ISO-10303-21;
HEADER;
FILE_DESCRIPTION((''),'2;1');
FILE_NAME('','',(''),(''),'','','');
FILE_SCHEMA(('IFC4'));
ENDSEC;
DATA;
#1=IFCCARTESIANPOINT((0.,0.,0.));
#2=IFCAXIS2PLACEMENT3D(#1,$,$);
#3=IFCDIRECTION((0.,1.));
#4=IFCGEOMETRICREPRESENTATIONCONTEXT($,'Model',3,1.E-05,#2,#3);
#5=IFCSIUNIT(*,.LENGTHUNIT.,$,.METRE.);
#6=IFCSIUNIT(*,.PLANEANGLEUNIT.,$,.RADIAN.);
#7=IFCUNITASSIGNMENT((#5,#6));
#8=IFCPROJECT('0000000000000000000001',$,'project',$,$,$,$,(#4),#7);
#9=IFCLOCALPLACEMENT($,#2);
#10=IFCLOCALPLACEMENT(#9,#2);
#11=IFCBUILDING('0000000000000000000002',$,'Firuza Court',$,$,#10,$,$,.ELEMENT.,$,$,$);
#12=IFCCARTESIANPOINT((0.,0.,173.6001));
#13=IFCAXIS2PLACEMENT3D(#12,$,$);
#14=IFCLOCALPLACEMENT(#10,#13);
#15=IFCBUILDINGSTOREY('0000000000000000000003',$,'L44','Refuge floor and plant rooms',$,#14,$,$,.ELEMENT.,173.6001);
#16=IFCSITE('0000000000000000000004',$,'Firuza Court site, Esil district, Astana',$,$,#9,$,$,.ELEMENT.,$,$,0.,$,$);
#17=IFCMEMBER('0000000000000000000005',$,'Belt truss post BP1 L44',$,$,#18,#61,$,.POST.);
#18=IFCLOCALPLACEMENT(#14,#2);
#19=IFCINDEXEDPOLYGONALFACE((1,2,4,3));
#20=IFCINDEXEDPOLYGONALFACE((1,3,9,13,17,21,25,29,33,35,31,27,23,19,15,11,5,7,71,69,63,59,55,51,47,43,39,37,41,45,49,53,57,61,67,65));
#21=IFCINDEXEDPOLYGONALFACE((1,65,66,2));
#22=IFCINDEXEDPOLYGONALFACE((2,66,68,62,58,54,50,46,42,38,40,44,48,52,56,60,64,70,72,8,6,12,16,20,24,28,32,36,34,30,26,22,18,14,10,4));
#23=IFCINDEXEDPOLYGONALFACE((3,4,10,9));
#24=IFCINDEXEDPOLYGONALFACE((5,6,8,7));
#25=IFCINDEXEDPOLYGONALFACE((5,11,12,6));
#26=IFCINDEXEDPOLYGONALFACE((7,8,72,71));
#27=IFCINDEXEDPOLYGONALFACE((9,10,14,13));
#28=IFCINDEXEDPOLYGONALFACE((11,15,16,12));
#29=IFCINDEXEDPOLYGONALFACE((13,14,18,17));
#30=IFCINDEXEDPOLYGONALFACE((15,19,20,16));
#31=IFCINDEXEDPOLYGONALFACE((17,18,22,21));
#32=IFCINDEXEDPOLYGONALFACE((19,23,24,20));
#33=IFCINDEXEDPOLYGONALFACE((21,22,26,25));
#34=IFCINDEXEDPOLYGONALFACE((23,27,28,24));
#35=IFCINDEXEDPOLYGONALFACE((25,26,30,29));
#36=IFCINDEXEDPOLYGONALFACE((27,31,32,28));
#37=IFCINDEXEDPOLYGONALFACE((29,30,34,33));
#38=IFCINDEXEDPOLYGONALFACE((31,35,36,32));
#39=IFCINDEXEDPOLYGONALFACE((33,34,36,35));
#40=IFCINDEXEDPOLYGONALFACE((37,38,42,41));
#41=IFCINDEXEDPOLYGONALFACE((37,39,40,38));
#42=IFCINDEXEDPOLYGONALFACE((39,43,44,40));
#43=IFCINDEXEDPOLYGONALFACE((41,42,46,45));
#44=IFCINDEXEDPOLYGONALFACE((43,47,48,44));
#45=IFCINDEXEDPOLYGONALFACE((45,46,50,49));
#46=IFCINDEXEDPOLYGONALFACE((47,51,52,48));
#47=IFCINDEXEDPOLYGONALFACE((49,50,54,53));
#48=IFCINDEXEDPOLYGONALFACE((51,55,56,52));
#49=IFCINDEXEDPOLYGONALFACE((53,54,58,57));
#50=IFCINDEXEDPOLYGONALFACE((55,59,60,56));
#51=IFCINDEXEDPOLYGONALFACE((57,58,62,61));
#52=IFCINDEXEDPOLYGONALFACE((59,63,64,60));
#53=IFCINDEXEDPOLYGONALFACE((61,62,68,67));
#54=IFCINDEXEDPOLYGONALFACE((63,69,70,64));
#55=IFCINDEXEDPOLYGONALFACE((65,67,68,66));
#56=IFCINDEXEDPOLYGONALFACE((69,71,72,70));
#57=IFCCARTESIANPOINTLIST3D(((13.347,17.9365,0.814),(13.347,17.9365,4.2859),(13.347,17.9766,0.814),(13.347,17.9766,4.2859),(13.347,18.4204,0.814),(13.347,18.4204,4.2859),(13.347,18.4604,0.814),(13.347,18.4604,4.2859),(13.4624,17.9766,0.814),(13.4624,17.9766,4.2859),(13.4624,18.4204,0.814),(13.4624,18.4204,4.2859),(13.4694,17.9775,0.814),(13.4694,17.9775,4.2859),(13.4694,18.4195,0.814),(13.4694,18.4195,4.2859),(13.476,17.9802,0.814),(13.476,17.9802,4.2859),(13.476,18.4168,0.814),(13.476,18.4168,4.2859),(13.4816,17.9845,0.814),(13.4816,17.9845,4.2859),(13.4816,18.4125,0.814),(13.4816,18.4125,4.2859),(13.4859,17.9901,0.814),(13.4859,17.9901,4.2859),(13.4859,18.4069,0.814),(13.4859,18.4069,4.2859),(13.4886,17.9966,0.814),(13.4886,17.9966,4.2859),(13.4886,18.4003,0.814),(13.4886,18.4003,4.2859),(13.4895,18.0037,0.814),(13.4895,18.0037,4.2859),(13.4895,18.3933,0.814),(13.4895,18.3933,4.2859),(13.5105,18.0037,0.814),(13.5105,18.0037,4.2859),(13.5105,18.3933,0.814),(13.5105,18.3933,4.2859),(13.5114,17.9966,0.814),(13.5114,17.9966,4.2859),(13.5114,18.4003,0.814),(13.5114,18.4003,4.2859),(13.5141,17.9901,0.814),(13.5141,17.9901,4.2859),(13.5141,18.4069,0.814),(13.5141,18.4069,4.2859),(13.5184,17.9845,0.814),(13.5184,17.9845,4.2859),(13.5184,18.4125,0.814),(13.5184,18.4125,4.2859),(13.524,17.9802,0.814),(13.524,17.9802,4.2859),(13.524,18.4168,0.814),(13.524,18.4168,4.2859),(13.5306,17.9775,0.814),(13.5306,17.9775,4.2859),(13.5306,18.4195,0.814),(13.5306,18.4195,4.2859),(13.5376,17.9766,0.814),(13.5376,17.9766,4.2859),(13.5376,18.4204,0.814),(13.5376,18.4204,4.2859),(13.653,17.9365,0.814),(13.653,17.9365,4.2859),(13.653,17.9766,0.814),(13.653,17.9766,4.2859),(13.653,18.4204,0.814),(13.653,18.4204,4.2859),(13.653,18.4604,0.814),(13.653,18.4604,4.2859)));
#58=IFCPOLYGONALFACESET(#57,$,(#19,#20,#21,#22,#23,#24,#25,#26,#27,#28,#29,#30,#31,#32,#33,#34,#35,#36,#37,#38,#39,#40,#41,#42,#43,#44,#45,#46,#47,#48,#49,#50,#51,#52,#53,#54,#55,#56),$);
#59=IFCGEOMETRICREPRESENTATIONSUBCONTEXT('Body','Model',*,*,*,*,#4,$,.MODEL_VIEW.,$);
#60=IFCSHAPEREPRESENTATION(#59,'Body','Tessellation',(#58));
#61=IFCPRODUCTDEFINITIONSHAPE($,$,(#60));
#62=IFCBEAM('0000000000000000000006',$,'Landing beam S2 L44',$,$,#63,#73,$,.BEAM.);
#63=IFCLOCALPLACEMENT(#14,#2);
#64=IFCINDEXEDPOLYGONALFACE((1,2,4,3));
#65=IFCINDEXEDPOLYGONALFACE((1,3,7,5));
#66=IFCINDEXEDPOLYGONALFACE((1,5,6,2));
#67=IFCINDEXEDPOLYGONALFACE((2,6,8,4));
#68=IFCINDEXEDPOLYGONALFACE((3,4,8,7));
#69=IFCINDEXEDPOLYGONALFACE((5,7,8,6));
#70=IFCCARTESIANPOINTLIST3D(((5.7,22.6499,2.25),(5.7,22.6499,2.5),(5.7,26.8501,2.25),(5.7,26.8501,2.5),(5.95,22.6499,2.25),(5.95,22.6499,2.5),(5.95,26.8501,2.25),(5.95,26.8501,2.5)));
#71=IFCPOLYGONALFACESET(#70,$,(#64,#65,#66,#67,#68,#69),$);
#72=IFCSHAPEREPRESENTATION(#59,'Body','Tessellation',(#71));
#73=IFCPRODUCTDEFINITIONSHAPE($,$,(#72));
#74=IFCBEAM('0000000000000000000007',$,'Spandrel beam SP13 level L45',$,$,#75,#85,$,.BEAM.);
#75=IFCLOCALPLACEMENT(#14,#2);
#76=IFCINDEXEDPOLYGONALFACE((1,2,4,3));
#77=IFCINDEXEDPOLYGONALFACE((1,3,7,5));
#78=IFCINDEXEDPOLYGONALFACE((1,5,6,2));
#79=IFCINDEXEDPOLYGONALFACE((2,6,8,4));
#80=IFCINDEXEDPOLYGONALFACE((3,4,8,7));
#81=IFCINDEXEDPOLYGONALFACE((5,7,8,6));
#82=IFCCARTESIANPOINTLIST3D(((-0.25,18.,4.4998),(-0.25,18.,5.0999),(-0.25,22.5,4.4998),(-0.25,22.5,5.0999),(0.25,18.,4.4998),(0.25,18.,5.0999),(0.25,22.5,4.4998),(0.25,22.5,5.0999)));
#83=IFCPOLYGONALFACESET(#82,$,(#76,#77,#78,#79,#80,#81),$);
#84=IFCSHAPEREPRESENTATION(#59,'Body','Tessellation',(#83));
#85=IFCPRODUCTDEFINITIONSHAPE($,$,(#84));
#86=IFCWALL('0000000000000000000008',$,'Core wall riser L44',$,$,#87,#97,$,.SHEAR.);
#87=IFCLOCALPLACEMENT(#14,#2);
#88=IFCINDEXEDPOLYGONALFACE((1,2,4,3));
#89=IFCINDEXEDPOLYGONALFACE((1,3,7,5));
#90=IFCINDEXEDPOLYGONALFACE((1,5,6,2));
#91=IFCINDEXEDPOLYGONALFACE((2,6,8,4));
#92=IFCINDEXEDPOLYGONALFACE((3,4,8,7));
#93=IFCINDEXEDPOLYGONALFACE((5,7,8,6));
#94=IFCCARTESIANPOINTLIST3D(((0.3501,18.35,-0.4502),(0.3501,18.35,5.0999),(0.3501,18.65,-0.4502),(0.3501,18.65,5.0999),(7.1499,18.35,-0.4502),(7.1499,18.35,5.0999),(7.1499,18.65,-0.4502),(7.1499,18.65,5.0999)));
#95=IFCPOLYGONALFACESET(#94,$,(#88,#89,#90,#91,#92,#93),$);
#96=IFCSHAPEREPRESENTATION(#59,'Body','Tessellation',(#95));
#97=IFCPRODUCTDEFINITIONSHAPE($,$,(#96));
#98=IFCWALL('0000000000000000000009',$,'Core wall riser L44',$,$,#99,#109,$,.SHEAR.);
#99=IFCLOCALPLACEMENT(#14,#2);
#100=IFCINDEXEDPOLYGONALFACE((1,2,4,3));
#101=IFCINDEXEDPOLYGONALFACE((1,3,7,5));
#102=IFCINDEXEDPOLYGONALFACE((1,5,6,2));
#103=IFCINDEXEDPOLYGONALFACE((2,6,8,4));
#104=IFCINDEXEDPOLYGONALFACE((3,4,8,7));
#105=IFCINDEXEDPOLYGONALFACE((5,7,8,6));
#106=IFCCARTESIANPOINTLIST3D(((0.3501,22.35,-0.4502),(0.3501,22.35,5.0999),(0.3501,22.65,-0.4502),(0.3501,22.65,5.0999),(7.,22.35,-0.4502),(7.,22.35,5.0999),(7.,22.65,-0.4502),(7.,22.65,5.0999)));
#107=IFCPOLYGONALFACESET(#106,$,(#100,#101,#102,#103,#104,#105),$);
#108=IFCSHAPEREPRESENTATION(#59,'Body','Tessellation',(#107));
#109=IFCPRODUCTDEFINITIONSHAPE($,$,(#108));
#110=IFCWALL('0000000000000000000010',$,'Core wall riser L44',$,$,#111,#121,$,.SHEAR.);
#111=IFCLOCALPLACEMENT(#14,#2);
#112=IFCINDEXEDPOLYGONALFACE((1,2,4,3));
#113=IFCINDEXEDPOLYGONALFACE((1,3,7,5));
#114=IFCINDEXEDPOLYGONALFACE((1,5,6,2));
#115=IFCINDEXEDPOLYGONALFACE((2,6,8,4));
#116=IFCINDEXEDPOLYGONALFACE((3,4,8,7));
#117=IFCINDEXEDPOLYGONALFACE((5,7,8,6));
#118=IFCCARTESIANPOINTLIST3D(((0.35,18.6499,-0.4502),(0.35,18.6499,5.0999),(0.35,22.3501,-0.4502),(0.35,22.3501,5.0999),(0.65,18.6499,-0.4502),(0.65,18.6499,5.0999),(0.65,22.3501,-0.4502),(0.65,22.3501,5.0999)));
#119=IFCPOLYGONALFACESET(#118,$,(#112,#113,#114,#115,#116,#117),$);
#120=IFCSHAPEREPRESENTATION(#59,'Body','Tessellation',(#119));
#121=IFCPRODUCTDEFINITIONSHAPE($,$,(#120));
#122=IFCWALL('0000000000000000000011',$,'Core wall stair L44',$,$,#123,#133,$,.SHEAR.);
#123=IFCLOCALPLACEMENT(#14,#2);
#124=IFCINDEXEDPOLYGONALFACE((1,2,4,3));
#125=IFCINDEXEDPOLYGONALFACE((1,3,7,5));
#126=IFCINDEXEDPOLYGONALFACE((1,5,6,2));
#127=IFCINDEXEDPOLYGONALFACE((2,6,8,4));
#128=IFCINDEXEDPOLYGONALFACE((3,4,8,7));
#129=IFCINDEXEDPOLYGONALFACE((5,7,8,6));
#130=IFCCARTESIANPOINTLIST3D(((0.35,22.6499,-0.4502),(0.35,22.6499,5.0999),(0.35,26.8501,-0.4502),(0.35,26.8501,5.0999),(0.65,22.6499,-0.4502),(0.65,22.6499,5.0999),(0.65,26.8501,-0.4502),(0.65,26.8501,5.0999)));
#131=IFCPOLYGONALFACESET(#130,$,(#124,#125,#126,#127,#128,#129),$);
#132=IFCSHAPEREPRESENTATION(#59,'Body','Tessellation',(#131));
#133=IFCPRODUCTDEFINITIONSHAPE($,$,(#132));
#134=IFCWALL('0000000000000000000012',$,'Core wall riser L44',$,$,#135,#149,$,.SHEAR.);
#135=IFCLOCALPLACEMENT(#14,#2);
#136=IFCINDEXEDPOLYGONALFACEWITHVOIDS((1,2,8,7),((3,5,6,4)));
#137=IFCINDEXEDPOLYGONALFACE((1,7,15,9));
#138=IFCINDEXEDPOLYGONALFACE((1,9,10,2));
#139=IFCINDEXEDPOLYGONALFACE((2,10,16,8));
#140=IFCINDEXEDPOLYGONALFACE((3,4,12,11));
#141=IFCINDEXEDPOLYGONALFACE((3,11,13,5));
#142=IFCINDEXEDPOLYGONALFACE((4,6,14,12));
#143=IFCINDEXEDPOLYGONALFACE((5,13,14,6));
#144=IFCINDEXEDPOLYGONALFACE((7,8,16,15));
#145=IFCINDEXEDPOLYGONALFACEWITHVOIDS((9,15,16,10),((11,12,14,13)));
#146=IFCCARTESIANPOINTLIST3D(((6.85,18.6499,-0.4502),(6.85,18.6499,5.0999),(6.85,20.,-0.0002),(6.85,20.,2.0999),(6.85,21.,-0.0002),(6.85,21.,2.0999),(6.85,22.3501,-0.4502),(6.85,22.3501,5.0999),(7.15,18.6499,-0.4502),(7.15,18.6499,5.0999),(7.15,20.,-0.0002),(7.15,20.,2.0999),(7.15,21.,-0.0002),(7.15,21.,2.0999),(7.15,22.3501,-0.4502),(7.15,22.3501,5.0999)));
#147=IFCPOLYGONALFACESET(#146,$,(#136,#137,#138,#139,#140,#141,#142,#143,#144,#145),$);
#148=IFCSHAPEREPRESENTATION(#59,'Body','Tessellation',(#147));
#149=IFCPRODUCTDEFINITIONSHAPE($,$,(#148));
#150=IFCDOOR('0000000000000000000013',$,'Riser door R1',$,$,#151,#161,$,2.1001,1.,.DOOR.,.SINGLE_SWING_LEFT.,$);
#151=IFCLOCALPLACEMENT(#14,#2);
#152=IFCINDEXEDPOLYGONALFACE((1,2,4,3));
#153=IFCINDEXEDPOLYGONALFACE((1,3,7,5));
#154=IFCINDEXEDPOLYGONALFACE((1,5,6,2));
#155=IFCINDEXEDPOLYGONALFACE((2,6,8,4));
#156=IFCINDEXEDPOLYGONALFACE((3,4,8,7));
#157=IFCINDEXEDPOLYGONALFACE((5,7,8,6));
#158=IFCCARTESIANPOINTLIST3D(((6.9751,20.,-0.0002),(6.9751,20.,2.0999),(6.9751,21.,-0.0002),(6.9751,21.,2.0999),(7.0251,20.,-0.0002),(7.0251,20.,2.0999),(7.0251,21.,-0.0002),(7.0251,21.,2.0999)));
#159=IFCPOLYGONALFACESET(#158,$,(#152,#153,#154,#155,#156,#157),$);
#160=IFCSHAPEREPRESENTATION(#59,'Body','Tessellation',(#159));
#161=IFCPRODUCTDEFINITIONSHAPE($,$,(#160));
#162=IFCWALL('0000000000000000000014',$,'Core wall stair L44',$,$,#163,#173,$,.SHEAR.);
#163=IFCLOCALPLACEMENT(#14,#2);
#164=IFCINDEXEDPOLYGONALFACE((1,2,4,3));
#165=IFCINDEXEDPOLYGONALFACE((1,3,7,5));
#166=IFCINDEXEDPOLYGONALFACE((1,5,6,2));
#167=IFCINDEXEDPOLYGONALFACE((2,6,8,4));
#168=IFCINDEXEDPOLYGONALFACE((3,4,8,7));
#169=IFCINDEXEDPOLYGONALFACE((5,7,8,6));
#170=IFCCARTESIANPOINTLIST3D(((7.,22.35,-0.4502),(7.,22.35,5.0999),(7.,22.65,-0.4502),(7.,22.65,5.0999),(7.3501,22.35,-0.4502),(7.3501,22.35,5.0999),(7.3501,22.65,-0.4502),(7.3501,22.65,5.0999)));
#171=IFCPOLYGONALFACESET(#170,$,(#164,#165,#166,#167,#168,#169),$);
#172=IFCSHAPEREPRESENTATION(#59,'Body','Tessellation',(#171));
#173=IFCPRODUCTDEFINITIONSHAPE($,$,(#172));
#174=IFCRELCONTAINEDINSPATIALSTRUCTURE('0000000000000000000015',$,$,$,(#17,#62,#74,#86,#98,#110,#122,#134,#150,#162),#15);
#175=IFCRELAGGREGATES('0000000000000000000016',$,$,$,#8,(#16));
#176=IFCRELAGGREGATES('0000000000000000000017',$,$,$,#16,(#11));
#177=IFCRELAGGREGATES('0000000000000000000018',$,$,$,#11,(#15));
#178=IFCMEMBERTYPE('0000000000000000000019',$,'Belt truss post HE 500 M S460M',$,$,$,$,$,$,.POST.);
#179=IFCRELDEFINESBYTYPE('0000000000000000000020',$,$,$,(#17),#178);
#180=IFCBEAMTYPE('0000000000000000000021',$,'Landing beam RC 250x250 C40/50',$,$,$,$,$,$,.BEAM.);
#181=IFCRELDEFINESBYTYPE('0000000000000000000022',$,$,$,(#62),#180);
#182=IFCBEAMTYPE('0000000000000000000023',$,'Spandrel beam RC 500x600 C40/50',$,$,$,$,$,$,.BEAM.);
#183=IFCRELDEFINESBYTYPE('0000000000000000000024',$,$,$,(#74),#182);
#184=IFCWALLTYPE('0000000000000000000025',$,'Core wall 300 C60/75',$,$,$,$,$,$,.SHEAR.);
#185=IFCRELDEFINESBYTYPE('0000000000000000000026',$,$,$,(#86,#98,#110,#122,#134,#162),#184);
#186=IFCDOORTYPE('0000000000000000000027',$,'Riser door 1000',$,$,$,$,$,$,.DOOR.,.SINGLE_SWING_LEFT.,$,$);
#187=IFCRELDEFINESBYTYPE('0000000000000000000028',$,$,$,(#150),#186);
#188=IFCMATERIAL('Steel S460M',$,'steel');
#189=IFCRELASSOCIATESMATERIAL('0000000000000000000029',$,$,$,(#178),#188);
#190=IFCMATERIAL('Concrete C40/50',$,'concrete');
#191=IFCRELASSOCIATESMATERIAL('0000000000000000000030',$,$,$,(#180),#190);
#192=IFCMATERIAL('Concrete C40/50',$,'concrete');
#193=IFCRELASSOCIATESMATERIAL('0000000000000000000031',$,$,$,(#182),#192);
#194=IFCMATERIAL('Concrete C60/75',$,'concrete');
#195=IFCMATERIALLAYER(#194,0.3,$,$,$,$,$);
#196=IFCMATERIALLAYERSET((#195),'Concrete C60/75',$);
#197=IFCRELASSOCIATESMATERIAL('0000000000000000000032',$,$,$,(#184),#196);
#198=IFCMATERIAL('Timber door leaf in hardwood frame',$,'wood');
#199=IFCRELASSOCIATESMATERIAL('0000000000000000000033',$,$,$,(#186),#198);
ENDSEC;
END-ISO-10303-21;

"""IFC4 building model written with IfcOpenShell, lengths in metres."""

from ifc_helpers import new_model, si_unit, direction, frame, frame_2d, origin, origin_2d, place, context, subcontext, project, spatial, rectangle, i_section, extrude, material, layer, layer_set, material_profile, profile_set, type_object, element, fill, save


model = new_model("IFC4")

# Units and contexts
model_context = context("Model", 3, precision=1e-05, world=origin(), true_north=direction((0.0, 1.0)))
body_context = subcontext(model_context, "Body", "Model", "MODEL_VIEW")
ifc_project = project(units=[si_unit("LENGTHUNIT", "METRE"), si_unit("PLANEANGLEUNIT", "RADIAN")], contexts=[model_context])

# Site, building, storey
site_placement = place(None, origin())
site = spatial("IfcSite", under=ifc_project, at=site_placement, Name="Firuza Court site, Esil district, Astana", CompositionType="ELEMENT", RefElevation=0.0)
building_placement = place(site_placement, origin())
building = spatial("IfcBuilding", under=site, at=building_placement, Name="Firuza Court", CompositionType="ELEMENT")
storey_placement = place(building_placement, frame((0.0, 0.0, 173.6001)))
storey = spatial("IfcBuildingStorey", under=building, at=storey_placement, Name="L44", Description="Refuge floor and plant rooms", CompositionType="ELEMENT", Elevation=173.6001)

# Member
ifc_material_1 = material(Name="Steel S460M", Category="steel")
ifc_material_profile_1 = material_profile(ifc_material_1, i_section(OverallWidth=0.3059, OverallDepth=0.5239, WebThickness=0.021, FlangeThickness=0.04, FilletRadius=0.0271, at=origin_2d()), Name="HE 500 M")
ifc_profile_set_1 = profile_set([ifc_material_profile_1], Name="Steel S460M")
member_type_1 = type_object("IfcMemberType", Name="Belt truss post HE 500 M S460M", PredefinedType="POST", material=ifc_profile_set_1)
for number, where, z_axis, x_axis, name in (
    (1, (13.5, 18.1985, 0.814), (0.0, 0.0, 1.0), (1.0, 0.0, 0.0), "Belt truss post BP1 L44"),
):
    element("IfcMember", number, at=place(storey_placement, frame(where, z_axis=z_axis, x_axis=x_axis)), inside=storey, type_object=member_type_1, Name=name, PredefinedType="POST", context=body_context, shape_type="SweptSolid", body=[
        extrude(i_section(OverallWidth=0.3059, OverallDepth=0.5239, WebThickness=0.021, FlangeThickness=0.04, FilletRadius=0.0271, at=origin_2d()), origin(), (0.0, 0.0, 1.0), 3.4719),
    ])

# Beams
ifc_material_2 = material(Name="Concrete C40/50", Category="concrete")
ifc_material_profile_2 = material_profile(ifc_material_2, rectangle(XDim=0.25, YDim=0.25, at=origin_2d()), Name="RC 250x250")
ifc_profile_set_2 = profile_set([ifc_material_profile_2], Name="Concrete C40/50")
beam_type_1 = type_object("IfcBeamType", Name="Landing beam RC 250x250 C40/50", PredefinedType="BEAM", material=ifc_profile_set_2)
beam_1_placement = place(storey_placement, frame((5.825, 22.6499, 2.375), z_axis=(0.0, 1.0, 0.0), x_axis=(-1.0, 0.0, 0.0)))
element("IfcBeam", 2, at=beam_1_placement, inside=storey, type_object=beam_type_1, Name="Landing beam S2 L44", PredefinedType="BEAM", context=body_context, shape_type="SweptSolid", body=[
    extrude(rectangle(XDim=0.25, YDim=0.25, at=origin_2d()), origin(), (0.0, 0.0, 1.0), 4.2002),
])
ifc_material_3 = material(Name="Concrete C40/50", Category="concrete")
ifc_material_profile_3 = material_profile(ifc_material_3, rectangle(XDim=0.5, YDim=0.6001, at=origin_2d()), Name="RC 500x600")
ifc_profile_set_3 = profile_set([ifc_material_profile_3], Name="Concrete C40/50")
beam_type_2 = type_object("IfcBeamType", Name="Spandrel beam RC 500x600 C40/50", PredefinedType="BEAM", material=ifc_profile_set_3)
beam_2_placement = place(storey_placement, frame((0.0, 22.5, 4.7998), z_axis=(0.0, -1.0, 0.0), x_axis=(1.0, 0.0, 0.0)))
element("IfcBeam", 3, at=beam_2_placement, inside=storey, type_object=beam_type_2, Name="Spandrel beam SP13 level L45", PredefinedType="BEAM", context=body_context, shape_type="SweptSolid", body=[
    extrude(rectangle(XDim=0.5, YDim=0.6001, at=origin_2d()), origin(), (0.0, 0.0, 1.0), 4.5),
])

# Walls
ifc_material_4 = material(Name="Concrete C60/75", Category="concrete")
ifc_layer_1 = layer(ifc_material_4, 0.3)
ifc_layer_set_1 = layer_set([ifc_layer_1], Name="Concrete C60/75")
wall_type_1 = type_object("IfcWallType", Name="Core wall 300 C60/75", PredefinedType="SHEAR", material=ifc_layer_set_1)
wall_1_placement = place(storey_placement, frame((0.3501, 18.5, -0.4502), z_axis=(0.0, 0.0, 1.0), x_axis=(1.0, 0.0, 0.0)))
element("IfcWall", 4, at=wall_1_placement, inside=storey, type_object=wall_type_1, Name="Core wall riser L44", PredefinedType="SHEAR", context=body_context, shape_type="SweptSolid", body=[
    extrude(rectangle(XDim=6.7998, YDim=0.3, at=frame_2d((3.3999, 0.0))), origin(), (0.0, 0.0, 1.0), 5.55),
])
wall_2_placement = place(storey_placement, frame((0.3501, 22.5, -0.4502), z_axis=(0.0, 0.0, 1.0), x_axis=(1.0, 0.0, 0.0)))
element("IfcWall", 5, at=wall_2_placement, inside=storey, type_object=wall_type_1, Name="Core wall riser L44", PredefinedType="SHEAR", context=body_context, shape_type="SweptSolid", body=[
    extrude(rectangle(XDim=6.6499, YDim=0.3, at=frame_2d((3.325, 0.0))), origin(), (0.0, 0.0, 1.0), 5.55),
])
wall_3_placement = place(storey_placement, frame((0.5, 18.6499, -0.4502), z_axis=(0.0, 0.0, 1.0), x_axis=(0.0, 1.0, 0.0)))
element("IfcWall", 6, at=wall_3_placement, inside=storey, type_object=wall_type_1, Name="Core wall riser L44", PredefinedType="SHEAR", context=body_context, shape_type="SweptSolid", body=[
    extrude(rectangle(XDim=3.7002, YDim=0.3, at=frame_2d((1.8501, 0.0))), origin(), (0.0, 0.0, 1.0), 5.55),
])
wall_4_placement = place(storey_placement, frame((0.5, 22.6499, -0.4502), z_axis=(0.0, 0.0, 1.0), x_axis=(0.0, 1.0, 0.0)))
element("IfcWall", 7, at=wall_4_placement, inside=storey, type_object=wall_type_1, Name="Core wall stair L44", PredefinedType="SHEAR", context=body_context, shape_type="SweptSolid", body=[
    extrude(rectangle(XDim=4.2002, YDim=0.3, at=frame_2d((2.1001, 0.0))), origin(), (0.0, 0.0, 1.0), 5.55),
])

# Wall, opening, door
wall_5_placement = place(storey_placement, frame((7.0, 18.6499, -0.4502), z_axis=(0.0, 0.0, 1.0), x_axis=(0.0, 1.0, 0.0)))
wall_5 = element("IfcWall", 8, at=wall_5_placement, inside=storey, type_object=wall_type_1, Name="Core wall riser L44", PredefinedType="SHEAR", context=body_context, shape_type="SweptSolid", body=[
    extrude(rectangle(XDim=3.7002, YDim=0.3, at=frame_2d((1.8501, 0.0))), origin(), (0.0, 0.0, 1.0), 5.55),
])
opening_1_placement = place(wall_5_placement, frame((1.3501, 0.0, 0.45)))
opening_1 = element("IfcOpeningElement", 9, at=opening_1_placement, cuts=wall_5, PredefinedType="OPENING", context=body_context, shape_type="SweptSolid", body=[
    extrude(rectangle(XDim=1.0, YDim=2.1001, at=frame_2d((0.5, 1.05))), frame((0.0, 0.1621, 0.0), z_axis=(0.0, -1.0, 0.0), x_axis=(1.0, 0.0, 0.0)), (0.0, 0.0, 1.0), 0.324),
])
ifc_material_5 = material(Name="Timber door leaf in hardwood frame", Category="wood")
door_type_1 = type_object("IfcDoorType", Name="Riser door 1000", OperationType="SINGLE_SWING_LEFT", PredefinedType="DOOR", material=ifc_material_5)
door_1_placement = place(opening_1_placement, origin())
door_1 = element("IfcDoor", 10, at=door_1_placement, inside=storey, type_object=door_type_1, Name="Riser door R1", OperationType="SINGLE_SWING_LEFT", OverallHeight=2.1001, OverallWidth=1.0, PredefinedType="DOOR", context=body_context, shape_type="SweptSolid", body=[
    extrude(rectangle(XDim=1.0, YDim=2.1001, at=frame_2d((0.5, 1.05))), frame((0.0, 0.0249, 0.0), z_axis=(0.0, -1.0, 0.0), x_axis=(1.0, 0.0, 0.0)), (0.0, 0.0, 1.0), 0.05),
])
fill(opening_1, door_1)

# Wall
wall_6_placement = place(storey_placement, frame((7.0, 22.5, -0.4502), z_axis=(0.0, 0.0, 1.0), x_axis=(1.0, 0.0, 0.0)))
element("IfcWall", 11, at=wall_6_placement, inside=storey, type_object=wall_type_1, Name="Core wall stair L44", PredefinedType="SHEAR", context=body_context, shape_type="SweptSolid", body=[
    extrude(rectangle(XDim=0.3501, YDim=0.3, at=frame_2d((0.175, 0.0))), origin(), (0.0, 0.0, 1.0), 5.55),
])

save(model, "model.ifc")
